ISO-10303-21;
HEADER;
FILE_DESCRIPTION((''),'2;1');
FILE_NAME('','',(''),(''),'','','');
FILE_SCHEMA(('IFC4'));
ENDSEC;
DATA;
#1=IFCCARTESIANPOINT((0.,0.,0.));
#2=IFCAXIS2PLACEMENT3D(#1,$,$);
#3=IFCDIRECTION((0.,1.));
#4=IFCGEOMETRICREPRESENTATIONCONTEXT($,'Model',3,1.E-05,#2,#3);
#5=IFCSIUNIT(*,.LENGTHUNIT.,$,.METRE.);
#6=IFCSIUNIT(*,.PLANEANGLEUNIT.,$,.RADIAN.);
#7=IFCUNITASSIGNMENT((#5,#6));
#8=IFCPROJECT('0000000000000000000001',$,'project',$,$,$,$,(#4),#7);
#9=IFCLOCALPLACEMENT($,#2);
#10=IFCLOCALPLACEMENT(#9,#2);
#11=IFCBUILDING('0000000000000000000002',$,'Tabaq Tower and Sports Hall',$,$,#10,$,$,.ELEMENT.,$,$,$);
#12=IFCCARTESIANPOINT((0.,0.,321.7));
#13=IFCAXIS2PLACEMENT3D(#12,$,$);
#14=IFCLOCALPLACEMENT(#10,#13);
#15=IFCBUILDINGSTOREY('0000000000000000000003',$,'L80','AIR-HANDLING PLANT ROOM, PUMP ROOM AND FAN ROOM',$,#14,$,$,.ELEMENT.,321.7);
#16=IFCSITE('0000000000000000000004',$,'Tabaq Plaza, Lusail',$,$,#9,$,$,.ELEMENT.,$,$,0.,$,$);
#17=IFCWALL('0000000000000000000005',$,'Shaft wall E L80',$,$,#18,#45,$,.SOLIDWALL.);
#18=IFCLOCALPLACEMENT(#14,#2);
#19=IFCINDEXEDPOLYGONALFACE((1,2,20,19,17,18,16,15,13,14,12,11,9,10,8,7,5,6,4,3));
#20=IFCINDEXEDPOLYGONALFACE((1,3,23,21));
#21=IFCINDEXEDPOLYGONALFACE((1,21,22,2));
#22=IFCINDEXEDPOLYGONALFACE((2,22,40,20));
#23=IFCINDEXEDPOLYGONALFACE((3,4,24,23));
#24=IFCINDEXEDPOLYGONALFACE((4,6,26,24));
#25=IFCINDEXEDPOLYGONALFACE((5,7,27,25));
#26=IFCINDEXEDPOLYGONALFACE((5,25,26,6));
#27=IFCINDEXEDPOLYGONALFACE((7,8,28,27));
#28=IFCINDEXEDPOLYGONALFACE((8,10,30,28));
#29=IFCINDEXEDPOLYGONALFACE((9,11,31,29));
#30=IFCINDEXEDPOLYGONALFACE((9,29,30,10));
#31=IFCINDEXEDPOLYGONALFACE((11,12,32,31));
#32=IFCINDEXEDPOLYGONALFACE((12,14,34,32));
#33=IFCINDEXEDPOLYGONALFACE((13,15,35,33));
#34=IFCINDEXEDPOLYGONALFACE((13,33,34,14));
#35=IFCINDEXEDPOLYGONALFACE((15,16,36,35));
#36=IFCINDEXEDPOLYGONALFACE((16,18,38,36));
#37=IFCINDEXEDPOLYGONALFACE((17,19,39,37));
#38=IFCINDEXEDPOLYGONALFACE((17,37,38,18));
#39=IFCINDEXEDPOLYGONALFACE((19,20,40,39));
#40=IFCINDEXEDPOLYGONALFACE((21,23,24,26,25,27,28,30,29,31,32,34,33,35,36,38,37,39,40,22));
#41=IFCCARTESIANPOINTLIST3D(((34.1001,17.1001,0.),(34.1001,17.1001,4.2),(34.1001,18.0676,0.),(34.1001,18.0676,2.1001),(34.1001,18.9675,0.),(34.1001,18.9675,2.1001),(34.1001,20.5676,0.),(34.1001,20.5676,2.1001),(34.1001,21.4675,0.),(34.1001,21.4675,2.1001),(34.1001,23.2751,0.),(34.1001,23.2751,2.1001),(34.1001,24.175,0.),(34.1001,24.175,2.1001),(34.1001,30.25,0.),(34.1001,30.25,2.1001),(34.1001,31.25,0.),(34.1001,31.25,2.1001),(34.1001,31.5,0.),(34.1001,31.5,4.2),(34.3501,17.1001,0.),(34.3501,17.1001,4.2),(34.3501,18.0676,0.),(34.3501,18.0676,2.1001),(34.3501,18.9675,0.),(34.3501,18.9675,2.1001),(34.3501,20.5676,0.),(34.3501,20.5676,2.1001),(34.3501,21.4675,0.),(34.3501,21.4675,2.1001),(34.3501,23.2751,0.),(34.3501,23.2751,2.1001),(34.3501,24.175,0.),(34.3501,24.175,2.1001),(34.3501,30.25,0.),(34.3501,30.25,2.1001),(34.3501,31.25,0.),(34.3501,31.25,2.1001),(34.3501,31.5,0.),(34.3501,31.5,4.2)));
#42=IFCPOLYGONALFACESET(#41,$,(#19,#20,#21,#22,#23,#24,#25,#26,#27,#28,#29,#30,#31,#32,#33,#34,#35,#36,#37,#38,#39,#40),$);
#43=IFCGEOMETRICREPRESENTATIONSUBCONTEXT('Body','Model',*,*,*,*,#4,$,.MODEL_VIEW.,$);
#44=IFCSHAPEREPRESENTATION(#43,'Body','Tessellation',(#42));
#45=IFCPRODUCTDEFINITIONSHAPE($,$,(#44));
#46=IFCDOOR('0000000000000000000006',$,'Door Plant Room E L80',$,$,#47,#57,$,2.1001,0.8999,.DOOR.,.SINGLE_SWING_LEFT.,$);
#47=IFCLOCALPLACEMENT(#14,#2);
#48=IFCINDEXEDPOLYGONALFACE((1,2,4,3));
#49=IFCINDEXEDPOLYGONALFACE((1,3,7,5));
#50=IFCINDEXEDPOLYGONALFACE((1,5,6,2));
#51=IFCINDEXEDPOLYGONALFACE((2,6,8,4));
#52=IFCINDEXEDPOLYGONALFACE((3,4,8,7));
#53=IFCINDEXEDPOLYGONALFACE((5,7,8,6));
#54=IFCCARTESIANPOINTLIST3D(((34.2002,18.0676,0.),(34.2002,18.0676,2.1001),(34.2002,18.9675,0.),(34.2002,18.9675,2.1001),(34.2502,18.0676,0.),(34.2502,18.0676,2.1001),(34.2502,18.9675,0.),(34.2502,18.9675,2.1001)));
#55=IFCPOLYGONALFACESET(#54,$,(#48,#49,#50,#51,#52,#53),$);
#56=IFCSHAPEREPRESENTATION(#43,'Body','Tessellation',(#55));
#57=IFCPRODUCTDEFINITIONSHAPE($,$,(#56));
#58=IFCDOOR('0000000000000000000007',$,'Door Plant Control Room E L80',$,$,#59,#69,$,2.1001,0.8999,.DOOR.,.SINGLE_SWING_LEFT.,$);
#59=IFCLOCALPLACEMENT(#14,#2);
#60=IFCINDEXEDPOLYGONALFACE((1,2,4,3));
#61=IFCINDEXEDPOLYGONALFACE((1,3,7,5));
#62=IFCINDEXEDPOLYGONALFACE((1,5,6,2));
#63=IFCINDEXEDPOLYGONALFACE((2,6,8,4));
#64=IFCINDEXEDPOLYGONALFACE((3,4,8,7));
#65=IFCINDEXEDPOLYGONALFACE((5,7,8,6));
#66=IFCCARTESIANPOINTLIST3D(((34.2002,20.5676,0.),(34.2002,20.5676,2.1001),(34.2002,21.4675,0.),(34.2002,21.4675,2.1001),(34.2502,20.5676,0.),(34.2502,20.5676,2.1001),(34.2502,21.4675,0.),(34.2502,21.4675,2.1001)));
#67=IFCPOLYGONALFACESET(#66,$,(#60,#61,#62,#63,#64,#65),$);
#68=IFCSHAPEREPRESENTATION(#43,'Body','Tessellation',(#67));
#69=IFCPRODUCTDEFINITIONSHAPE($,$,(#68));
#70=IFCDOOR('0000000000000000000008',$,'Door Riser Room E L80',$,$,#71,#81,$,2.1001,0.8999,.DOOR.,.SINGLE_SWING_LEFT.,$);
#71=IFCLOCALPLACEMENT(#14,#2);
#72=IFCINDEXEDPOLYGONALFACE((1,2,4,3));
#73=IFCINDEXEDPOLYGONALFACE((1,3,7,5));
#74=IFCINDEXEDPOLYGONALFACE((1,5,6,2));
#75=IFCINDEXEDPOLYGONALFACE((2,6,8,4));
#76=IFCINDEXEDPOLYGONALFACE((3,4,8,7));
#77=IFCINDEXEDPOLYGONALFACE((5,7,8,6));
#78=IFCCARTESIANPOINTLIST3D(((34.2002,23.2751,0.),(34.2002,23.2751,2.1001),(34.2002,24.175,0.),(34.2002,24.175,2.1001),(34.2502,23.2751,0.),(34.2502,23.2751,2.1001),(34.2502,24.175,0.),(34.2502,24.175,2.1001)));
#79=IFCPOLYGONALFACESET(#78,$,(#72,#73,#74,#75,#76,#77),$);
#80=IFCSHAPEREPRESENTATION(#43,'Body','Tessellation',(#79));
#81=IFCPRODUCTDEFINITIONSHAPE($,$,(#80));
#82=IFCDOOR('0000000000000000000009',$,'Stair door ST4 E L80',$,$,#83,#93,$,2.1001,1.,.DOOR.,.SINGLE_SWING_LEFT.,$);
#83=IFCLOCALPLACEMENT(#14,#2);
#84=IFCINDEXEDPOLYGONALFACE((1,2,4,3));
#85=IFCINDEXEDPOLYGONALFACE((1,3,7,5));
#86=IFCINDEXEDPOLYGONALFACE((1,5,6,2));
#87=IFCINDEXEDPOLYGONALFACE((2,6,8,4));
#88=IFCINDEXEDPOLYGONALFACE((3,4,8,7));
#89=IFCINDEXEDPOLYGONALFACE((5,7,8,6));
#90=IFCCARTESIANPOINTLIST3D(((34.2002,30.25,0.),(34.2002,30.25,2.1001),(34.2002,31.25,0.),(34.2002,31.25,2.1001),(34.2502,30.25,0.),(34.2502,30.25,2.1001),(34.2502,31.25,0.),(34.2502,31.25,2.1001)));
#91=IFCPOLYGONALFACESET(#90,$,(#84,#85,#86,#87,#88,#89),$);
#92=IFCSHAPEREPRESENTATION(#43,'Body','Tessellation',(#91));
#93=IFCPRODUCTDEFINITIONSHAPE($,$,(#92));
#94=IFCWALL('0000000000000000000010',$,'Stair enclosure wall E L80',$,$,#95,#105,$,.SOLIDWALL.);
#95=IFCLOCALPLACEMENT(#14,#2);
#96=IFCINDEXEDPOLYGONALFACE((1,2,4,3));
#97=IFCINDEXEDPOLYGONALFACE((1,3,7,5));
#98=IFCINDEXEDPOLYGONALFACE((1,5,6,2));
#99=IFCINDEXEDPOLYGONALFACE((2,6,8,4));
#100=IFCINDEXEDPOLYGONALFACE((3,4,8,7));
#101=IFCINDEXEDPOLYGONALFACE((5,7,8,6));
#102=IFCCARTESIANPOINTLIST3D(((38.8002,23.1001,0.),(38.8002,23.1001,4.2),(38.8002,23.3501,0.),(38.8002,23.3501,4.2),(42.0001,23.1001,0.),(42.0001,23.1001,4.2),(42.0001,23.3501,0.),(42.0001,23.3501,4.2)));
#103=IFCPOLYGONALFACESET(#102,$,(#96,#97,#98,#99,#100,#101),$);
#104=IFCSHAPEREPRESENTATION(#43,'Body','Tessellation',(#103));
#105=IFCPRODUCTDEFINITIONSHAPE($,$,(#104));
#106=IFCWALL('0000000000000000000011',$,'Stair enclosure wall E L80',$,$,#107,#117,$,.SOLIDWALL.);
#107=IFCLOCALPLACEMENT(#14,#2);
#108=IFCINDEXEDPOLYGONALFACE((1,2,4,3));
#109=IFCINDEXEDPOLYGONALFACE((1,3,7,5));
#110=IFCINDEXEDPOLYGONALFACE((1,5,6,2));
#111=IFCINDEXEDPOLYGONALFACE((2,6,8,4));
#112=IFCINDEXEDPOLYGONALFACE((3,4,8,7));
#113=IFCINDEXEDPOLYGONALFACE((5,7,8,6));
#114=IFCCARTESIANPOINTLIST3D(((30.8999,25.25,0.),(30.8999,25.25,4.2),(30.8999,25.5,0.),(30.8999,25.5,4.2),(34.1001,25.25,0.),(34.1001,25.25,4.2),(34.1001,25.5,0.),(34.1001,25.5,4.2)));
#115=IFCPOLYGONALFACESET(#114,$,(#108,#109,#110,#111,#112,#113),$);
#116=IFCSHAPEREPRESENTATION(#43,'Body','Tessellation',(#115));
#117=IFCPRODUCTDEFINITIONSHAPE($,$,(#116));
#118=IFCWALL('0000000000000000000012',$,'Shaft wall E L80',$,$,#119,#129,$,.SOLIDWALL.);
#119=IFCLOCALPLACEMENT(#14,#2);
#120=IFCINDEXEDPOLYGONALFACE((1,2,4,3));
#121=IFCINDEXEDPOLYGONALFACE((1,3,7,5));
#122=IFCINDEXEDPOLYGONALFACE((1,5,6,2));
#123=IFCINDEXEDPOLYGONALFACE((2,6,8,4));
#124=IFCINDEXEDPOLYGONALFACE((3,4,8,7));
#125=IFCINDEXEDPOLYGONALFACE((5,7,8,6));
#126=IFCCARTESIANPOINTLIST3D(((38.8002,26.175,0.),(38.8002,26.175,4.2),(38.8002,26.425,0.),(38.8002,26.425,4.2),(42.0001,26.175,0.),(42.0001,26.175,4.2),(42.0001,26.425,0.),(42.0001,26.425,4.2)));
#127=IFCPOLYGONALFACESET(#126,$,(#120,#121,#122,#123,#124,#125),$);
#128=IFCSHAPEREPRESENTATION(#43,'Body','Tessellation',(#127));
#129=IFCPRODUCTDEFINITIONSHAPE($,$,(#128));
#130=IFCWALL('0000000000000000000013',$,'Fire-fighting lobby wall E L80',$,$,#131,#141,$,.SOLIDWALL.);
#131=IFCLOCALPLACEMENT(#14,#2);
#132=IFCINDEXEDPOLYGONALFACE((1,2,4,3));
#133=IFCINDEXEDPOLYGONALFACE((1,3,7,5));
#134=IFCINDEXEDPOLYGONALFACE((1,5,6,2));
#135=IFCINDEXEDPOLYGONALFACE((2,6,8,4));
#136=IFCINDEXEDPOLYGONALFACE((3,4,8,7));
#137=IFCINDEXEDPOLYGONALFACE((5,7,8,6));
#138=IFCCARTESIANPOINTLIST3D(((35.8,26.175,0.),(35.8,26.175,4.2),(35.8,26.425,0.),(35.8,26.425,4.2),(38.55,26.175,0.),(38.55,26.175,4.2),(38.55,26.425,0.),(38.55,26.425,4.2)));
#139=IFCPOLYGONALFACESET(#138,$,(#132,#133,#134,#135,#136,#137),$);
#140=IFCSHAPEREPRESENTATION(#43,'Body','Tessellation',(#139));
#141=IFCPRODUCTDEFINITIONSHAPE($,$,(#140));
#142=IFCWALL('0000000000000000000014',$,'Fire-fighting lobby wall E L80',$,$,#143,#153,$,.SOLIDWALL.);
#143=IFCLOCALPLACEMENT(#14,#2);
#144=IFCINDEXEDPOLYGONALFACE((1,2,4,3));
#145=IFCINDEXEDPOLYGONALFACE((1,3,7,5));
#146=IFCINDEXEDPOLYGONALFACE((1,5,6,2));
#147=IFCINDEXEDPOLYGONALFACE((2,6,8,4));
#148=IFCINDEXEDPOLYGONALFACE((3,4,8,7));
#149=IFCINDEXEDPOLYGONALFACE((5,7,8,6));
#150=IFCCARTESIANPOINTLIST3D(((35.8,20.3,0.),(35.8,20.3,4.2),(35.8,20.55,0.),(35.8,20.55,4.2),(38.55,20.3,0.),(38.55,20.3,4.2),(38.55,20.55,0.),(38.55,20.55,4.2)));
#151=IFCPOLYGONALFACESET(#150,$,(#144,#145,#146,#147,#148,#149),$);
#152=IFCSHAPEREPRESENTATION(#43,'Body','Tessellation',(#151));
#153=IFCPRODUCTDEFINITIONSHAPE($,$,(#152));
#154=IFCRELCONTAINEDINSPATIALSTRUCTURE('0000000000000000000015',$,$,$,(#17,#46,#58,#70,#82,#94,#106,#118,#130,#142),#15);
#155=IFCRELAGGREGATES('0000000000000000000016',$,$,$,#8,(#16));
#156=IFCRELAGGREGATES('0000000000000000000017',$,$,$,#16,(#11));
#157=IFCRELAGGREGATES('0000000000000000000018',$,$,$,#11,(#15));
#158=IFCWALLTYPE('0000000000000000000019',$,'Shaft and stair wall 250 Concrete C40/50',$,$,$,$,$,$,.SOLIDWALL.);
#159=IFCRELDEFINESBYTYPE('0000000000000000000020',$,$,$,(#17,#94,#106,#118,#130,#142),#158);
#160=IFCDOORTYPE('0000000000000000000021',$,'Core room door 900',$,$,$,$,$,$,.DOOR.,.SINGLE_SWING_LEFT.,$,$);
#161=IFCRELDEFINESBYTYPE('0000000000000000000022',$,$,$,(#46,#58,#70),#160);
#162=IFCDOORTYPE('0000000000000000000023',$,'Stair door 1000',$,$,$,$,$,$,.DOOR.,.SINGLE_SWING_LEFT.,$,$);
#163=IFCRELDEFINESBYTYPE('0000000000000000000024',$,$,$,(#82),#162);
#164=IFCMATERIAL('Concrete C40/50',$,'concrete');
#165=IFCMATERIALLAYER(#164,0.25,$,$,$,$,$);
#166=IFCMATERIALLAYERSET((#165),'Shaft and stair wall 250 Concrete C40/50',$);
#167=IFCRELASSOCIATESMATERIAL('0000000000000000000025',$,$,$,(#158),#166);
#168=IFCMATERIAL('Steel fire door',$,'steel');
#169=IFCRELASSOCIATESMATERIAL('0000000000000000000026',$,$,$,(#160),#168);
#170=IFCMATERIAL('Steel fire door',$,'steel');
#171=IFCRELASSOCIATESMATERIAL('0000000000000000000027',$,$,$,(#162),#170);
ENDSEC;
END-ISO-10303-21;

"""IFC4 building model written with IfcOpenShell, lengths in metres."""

from ifc_helpers import new_model, si_unit, direction, frame, frame_2d, origin, place, context, subcontext, project, spatial, rectangle, extrude, material, layer, layer_set, type_object, element, fill, save


model = new_model("IFC4")

# Units and contexts
model_context = context("Model", 3, precision=1e-05, world=origin(), true_north=direction((0.0, 1.0)))
body_context = subcontext(model_context, "Body", "Model", "MODEL_VIEW")
ifc_project = project(units=[si_unit("LENGTHUNIT", "METRE"), si_unit("PLANEANGLEUNIT", "RADIAN")], contexts=[model_context])

# Site, building, storey
site_placement = place(None, origin())
site = spatial("IfcSite", under=ifc_project, at=site_placement, Name="Tabaq Plaza, Lusail", CompositionType="ELEMENT", RefElevation=0.0)
building_placement = place(site_placement, origin())
building = spatial("IfcBuilding", under=site, at=building_placement, Name="Tabaq Tower and Sports Hall", CompositionType="ELEMENT")
storey_placement = place(building_placement, frame((0.0, 0.0, 321.7)))
storey = spatial("IfcBuildingStorey", under=building, at=storey_placement, Name="L80", Description="AIR-HANDLING PLANT ROOM, PUMP ROOM AND FAN ROOM", CompositionType="ELEMENT", Elevation=321.7)

# Wall, openings, doors
ifc_material_1 = material(Name="Concrete C40/50", Category="concrete")
ifc_layer = layer(ifc_material_1, 0.25)
ifc_layer_set = layer_set([ifc_layer], Name="Shaft and stair wall 250 Concrete C40/50")
wall_type = type_object("IfcWallType", Name="Shaft and stair wall 250 Concrete C40/50", PredefinedType="SOLIDWALL", material=ifc_layer_set)
ifc_material_2 = material(Name="Steel fire door", Category="steel")
door_type_1 = type_object("IfcDoorType", Name="Core room door 900", OperationType="SINGLE_SWING_LEFT", PredefinedType="DOOR", material=ifc_material_2)
ifc_material_3 = material(Name="Steel fire door", Category="steel")
door_type_2 = type_object("IfcDoorType", Name="Stair door 1000", OperationType="SINGLE_SWING_LEFT", PredefinedType="DOOR", material=ifc_material_3)
wall_1_placement = place(storey_placement, frame((34.2251, 17.1001, 0.0), z_axis=(0.0, 0.0, 1.0), x_axis=(0.0, 1.0, 0.0)))
wall_1 = element("IfcWall", 1, at=wall_1_placement, inside=storey, type_object=wall_type, Name="Shaft wall E L80", PredefinedType="SOLIDWALL", context=body_context, shape_type="SweptSolid", body=[
    extrude(rectangle(XDim=14.3999, YDim=0.25, at=frame_2d((7.2, 0.0))), origin(), (0.0, 0.0, 1.0), 4.2),
])
opening_1_placement = place(wall_1_placement, frame((13.1499, 0.0, 0.0)))
opening_1 = element("IfcOpeningElement", 2, at=opening_1_placement, cuts=wall_1, PredefinedType="OPENING", context=body_context, shape_type="SweptSolid", body=[
    extrude(rectangle(XDim=1.0, YDim=2.1001, at=frame_2d((0.5, 1.05))), frame((0.0, 0.125, 0.0), z_axis=(0.0, -1.0, 0.0), x_axis=(1.0, 0.0, 0.0)), (0.0, 0.0, 1.0), 0.25),
])
opening_2_placement = place(wall_1_placement, frame((0.9675, 0.0, 0.0)))
opening_2 = element("IfcOpeningElement", 3, at=opening_2_placement, cuts=wall_1, PredefinedType="OPENING", context=body_context, shape_type="SweptSolid", body=[
    extrude(rectangle(XDim=0.8999, YDim=2.1001, at=frame_2d((0.45, 1.05))), frame((0.0, 0.125, 0.0), z_axis=(0.0, -1.0, 0.0), x_axis=(1.0, 0.0, 0.0)), (0.0, 0.0, 1.0), 0.25),
])
opening_3_placement = place(wall_1_placement, frame((3.4675, 0.0, 0.0)))
opening_3 = element("IfcOpeningElement", 4, at=opening_3_placement, cuts=wall_1, PredefinedType="OPENING", context=body_context, shape_type="SweptSolid", body=[
    extrude(rectangle(XDim=0.8999, YDim=2.1001, at=frame_2d((0.45, 1.05))), frame((0.0, 0.125, 0.0), z_axis=(0.0, -1.0, 0.0), x_axis=(1.0, 0.0, 0.0)), (0.0, 0.0, 1.0), 0.25),
])
opening_4_placement = place(wall_1_placement, frame((6.175, 0.0, 0.0)))
opening_4 = element("IfcOpeningElement", 5, at=opening_4_placement, cuts=wall_1, PredefinedType="OPENING", context=body_context, shape_type="SweptSolid", body=[
    extrude(rectangle(XDim=0.8999, YDim=2.1001, at=frame_2d((0.45, 1.05))), frame((0.0, 0.125, 0.0), z_axis=(0.0, -1.0, 0.0), x_axis=(1.0, 0.0, 0.0)), (0.0, 0.0, 1.0), 0.25),
])
door_1_placement = place(opening_2_placement, origin())
door_1 = element("IfcDoor", 6, at=door_1_placement, inside=storey, type_object=door_type_1, Name="Door Plant Room E L80", OperationType="SINGLE_SWING_LEFT", OverallHeight=2.1001, OverallWidth=0.8999, PredefinedType="DOOR", context=body_context, shape_type="SweptSolid", body=[
    extrude(rectangle(XDim=0.8999, YDim=2.1001, at=frame_2d((0.45, 1.05))), frame((0.0, 0.0249, 0.0), z_axis=(0.0, -1.0, 0.0), x_axis=(1.0, 0.0, 0.0)), (0.0, 0.0, 1.0), 0.05),
])
fill(opening_2, door_1)
door_2_placement = place(opening_3_placement, origin())
door_2 = element("IfcDoor", 7, at=door_2_placement, inside=storey, type_object=door_type_1, Name="Door Plant Control Room E L80", OperationType="SINGLE_SWING_LEFT", OverallHeight=2.1001, OverallWidth=0.8999, PredefinedType="DOOR", context=body_context, shape_type="SweptSolid", body=[
    extrude(rectangle(XDim=0.8999, YDim=2.1001, at=frame_2d((0.45, 1.05))), frame((0.0, 0.0249, 0.0), z_axis=(0.0, -1.0, 0.0), x_axis=(1.0, 0.0, 0.0)), (0.0, 0.0, 1.0), 0.05),
])
fill(opening_3, door_2)
door_3_placement = place(opening_4_placement, origin())
door_3 = element("IfcDoor", 8, at=door_3_placement, inside=storey, type_object=door_type_1, Name="Door Riser Room E L80", OperationType="SINGLE_SWING_LEFT", OverallHeight=2.1001, OverallWidth=0.8999, PredefinedType="DOOR", context=body_context, shape_type="SweptSolid", body=[
    extrude(rectangle(XDim=0.8999, YDim=2.1001, at=frame_2d((0.45, 1.05))), frame((0.0, 0.0249, 0.0), z_axis=(0.0, -1.0, 0.0), x_axis=(1.0, 0.0, 0.0)), (0.0, 0.0, 1.0), 0.05),
])
fill(opening_4, door_3)
door_4_placement = place(opening_1_placement, origin())
door_4 = element("IfcDoor", 9, at=door_4_placement, inside=storey, type_object=door_type_2, Name="Stair door ST4 E L80", OperationType="SINGLE_SWING_LEFT", OverallHeight=2.1001, OverallWidth=1.0, PredefinedType="DOOR", context=body_context, shape_type="SweptSolid", body=[
    extrude(rectangle(XDim=1.0, YDim=2.1001, at=frame_2d((0.5, 1.05))), frame((0.0, 0.0249, 0.0), z_axis=(0.0, -1.0, 0.0), x_axis=(1.0, 0.0, 0.0)), (0.0, 0.0, 1.0), 0.05),
])
fill(opening_1, door_4)

# Walls
wall_2_placement = place(storey_placement, frame((38.8, 23.2251, 0.0), z_axis=(0.0, 0.0, 1.0), x_axis=(1.0, 0.0, 0.0)))
element("IfcWall", 10, at=wall_2_placement, inside=storey, type_object=wall_type, Name="Stair enclosure wall E L80", PredefinedType="SOLIDWALL", context=body_context, shape_type="SweptSolid", body=[
    extrude(rectangle(XDim=3.2, YDim=0.25, at=frame_2d((1.6001, 0.0))), origin(), (0.0, 0.0, 1.0), 4.2),
])
wall_3_placement = place(storey_placement, frame((30.8999, 25.375, 0.0), z_axis=(0.0, 0.0, 1.0), x_axis=(1.0, 0.0, 0.0)))
element("IfcWall", 11, at=wall_3_placement, inside=storey, type_object=wall_type, Name="Stair enclosure wall E L80", PredefinedType="SOLIDWALL", context=body_context, shape_type="SweptSolid", body=[
    extrude(rectangle(XDim=3.2002, YDim=0.25, at=frame_2d((1.6001, 0.0))), origin(), (0.0, 0.0, 1.0), 4.2),
])
wall_4_placement = place(storey_placement, frame((38.8, 26.3, 0.0), z_axis=(0.0, 0.0, 1.0), x_axis=(1.0, 0.0, 0.0)))
element("IfcWall", 12, at=wall_4_placement, inside=storey, type_object=wall_type, Name="Shaft wall E L80", PredefinedType="SOLIDWALL", context=body_context, shape_type="SweptSolid", body=[
    extrude(rectangle(XDim=3.2, YDim=0.25, at=frame_2d((1.6001, 0.0))), origin(), (0.0, 0.0, 1.0), 4.2),
])
for number, where, z_axis, x_axis, name in (
    (13, (35.8, 26.3, 0.0), (0.0, 0.0, 1.0), (1.0, 0.0, 0.0), "Fire-fighting lobby wall E L80"),
    (14, (35.8, 20.425, 0.0), (0.0, 0.0, 1.0), (1.0, 0.0, 0.0), "Fire-fighting lobby wall E L80"),
):
    element("IfcWall", number, at=place(storey_placement, frame(where, z_axis=z_axis, x_axis=x_axis)), inside=storey, type_object=wall_type, Name=name, PredefinedType="SOLIDWALL", context=body_context, shape_type="SweptSolid", body=[
        extrude(rectangle(XDim=2.75, YDim=0.25, at=frame_2d((1.375, 0.0))), origin(), (0.0, 0.0, 1.0), 4.2),
    ])

save(model, "model.ifc")
